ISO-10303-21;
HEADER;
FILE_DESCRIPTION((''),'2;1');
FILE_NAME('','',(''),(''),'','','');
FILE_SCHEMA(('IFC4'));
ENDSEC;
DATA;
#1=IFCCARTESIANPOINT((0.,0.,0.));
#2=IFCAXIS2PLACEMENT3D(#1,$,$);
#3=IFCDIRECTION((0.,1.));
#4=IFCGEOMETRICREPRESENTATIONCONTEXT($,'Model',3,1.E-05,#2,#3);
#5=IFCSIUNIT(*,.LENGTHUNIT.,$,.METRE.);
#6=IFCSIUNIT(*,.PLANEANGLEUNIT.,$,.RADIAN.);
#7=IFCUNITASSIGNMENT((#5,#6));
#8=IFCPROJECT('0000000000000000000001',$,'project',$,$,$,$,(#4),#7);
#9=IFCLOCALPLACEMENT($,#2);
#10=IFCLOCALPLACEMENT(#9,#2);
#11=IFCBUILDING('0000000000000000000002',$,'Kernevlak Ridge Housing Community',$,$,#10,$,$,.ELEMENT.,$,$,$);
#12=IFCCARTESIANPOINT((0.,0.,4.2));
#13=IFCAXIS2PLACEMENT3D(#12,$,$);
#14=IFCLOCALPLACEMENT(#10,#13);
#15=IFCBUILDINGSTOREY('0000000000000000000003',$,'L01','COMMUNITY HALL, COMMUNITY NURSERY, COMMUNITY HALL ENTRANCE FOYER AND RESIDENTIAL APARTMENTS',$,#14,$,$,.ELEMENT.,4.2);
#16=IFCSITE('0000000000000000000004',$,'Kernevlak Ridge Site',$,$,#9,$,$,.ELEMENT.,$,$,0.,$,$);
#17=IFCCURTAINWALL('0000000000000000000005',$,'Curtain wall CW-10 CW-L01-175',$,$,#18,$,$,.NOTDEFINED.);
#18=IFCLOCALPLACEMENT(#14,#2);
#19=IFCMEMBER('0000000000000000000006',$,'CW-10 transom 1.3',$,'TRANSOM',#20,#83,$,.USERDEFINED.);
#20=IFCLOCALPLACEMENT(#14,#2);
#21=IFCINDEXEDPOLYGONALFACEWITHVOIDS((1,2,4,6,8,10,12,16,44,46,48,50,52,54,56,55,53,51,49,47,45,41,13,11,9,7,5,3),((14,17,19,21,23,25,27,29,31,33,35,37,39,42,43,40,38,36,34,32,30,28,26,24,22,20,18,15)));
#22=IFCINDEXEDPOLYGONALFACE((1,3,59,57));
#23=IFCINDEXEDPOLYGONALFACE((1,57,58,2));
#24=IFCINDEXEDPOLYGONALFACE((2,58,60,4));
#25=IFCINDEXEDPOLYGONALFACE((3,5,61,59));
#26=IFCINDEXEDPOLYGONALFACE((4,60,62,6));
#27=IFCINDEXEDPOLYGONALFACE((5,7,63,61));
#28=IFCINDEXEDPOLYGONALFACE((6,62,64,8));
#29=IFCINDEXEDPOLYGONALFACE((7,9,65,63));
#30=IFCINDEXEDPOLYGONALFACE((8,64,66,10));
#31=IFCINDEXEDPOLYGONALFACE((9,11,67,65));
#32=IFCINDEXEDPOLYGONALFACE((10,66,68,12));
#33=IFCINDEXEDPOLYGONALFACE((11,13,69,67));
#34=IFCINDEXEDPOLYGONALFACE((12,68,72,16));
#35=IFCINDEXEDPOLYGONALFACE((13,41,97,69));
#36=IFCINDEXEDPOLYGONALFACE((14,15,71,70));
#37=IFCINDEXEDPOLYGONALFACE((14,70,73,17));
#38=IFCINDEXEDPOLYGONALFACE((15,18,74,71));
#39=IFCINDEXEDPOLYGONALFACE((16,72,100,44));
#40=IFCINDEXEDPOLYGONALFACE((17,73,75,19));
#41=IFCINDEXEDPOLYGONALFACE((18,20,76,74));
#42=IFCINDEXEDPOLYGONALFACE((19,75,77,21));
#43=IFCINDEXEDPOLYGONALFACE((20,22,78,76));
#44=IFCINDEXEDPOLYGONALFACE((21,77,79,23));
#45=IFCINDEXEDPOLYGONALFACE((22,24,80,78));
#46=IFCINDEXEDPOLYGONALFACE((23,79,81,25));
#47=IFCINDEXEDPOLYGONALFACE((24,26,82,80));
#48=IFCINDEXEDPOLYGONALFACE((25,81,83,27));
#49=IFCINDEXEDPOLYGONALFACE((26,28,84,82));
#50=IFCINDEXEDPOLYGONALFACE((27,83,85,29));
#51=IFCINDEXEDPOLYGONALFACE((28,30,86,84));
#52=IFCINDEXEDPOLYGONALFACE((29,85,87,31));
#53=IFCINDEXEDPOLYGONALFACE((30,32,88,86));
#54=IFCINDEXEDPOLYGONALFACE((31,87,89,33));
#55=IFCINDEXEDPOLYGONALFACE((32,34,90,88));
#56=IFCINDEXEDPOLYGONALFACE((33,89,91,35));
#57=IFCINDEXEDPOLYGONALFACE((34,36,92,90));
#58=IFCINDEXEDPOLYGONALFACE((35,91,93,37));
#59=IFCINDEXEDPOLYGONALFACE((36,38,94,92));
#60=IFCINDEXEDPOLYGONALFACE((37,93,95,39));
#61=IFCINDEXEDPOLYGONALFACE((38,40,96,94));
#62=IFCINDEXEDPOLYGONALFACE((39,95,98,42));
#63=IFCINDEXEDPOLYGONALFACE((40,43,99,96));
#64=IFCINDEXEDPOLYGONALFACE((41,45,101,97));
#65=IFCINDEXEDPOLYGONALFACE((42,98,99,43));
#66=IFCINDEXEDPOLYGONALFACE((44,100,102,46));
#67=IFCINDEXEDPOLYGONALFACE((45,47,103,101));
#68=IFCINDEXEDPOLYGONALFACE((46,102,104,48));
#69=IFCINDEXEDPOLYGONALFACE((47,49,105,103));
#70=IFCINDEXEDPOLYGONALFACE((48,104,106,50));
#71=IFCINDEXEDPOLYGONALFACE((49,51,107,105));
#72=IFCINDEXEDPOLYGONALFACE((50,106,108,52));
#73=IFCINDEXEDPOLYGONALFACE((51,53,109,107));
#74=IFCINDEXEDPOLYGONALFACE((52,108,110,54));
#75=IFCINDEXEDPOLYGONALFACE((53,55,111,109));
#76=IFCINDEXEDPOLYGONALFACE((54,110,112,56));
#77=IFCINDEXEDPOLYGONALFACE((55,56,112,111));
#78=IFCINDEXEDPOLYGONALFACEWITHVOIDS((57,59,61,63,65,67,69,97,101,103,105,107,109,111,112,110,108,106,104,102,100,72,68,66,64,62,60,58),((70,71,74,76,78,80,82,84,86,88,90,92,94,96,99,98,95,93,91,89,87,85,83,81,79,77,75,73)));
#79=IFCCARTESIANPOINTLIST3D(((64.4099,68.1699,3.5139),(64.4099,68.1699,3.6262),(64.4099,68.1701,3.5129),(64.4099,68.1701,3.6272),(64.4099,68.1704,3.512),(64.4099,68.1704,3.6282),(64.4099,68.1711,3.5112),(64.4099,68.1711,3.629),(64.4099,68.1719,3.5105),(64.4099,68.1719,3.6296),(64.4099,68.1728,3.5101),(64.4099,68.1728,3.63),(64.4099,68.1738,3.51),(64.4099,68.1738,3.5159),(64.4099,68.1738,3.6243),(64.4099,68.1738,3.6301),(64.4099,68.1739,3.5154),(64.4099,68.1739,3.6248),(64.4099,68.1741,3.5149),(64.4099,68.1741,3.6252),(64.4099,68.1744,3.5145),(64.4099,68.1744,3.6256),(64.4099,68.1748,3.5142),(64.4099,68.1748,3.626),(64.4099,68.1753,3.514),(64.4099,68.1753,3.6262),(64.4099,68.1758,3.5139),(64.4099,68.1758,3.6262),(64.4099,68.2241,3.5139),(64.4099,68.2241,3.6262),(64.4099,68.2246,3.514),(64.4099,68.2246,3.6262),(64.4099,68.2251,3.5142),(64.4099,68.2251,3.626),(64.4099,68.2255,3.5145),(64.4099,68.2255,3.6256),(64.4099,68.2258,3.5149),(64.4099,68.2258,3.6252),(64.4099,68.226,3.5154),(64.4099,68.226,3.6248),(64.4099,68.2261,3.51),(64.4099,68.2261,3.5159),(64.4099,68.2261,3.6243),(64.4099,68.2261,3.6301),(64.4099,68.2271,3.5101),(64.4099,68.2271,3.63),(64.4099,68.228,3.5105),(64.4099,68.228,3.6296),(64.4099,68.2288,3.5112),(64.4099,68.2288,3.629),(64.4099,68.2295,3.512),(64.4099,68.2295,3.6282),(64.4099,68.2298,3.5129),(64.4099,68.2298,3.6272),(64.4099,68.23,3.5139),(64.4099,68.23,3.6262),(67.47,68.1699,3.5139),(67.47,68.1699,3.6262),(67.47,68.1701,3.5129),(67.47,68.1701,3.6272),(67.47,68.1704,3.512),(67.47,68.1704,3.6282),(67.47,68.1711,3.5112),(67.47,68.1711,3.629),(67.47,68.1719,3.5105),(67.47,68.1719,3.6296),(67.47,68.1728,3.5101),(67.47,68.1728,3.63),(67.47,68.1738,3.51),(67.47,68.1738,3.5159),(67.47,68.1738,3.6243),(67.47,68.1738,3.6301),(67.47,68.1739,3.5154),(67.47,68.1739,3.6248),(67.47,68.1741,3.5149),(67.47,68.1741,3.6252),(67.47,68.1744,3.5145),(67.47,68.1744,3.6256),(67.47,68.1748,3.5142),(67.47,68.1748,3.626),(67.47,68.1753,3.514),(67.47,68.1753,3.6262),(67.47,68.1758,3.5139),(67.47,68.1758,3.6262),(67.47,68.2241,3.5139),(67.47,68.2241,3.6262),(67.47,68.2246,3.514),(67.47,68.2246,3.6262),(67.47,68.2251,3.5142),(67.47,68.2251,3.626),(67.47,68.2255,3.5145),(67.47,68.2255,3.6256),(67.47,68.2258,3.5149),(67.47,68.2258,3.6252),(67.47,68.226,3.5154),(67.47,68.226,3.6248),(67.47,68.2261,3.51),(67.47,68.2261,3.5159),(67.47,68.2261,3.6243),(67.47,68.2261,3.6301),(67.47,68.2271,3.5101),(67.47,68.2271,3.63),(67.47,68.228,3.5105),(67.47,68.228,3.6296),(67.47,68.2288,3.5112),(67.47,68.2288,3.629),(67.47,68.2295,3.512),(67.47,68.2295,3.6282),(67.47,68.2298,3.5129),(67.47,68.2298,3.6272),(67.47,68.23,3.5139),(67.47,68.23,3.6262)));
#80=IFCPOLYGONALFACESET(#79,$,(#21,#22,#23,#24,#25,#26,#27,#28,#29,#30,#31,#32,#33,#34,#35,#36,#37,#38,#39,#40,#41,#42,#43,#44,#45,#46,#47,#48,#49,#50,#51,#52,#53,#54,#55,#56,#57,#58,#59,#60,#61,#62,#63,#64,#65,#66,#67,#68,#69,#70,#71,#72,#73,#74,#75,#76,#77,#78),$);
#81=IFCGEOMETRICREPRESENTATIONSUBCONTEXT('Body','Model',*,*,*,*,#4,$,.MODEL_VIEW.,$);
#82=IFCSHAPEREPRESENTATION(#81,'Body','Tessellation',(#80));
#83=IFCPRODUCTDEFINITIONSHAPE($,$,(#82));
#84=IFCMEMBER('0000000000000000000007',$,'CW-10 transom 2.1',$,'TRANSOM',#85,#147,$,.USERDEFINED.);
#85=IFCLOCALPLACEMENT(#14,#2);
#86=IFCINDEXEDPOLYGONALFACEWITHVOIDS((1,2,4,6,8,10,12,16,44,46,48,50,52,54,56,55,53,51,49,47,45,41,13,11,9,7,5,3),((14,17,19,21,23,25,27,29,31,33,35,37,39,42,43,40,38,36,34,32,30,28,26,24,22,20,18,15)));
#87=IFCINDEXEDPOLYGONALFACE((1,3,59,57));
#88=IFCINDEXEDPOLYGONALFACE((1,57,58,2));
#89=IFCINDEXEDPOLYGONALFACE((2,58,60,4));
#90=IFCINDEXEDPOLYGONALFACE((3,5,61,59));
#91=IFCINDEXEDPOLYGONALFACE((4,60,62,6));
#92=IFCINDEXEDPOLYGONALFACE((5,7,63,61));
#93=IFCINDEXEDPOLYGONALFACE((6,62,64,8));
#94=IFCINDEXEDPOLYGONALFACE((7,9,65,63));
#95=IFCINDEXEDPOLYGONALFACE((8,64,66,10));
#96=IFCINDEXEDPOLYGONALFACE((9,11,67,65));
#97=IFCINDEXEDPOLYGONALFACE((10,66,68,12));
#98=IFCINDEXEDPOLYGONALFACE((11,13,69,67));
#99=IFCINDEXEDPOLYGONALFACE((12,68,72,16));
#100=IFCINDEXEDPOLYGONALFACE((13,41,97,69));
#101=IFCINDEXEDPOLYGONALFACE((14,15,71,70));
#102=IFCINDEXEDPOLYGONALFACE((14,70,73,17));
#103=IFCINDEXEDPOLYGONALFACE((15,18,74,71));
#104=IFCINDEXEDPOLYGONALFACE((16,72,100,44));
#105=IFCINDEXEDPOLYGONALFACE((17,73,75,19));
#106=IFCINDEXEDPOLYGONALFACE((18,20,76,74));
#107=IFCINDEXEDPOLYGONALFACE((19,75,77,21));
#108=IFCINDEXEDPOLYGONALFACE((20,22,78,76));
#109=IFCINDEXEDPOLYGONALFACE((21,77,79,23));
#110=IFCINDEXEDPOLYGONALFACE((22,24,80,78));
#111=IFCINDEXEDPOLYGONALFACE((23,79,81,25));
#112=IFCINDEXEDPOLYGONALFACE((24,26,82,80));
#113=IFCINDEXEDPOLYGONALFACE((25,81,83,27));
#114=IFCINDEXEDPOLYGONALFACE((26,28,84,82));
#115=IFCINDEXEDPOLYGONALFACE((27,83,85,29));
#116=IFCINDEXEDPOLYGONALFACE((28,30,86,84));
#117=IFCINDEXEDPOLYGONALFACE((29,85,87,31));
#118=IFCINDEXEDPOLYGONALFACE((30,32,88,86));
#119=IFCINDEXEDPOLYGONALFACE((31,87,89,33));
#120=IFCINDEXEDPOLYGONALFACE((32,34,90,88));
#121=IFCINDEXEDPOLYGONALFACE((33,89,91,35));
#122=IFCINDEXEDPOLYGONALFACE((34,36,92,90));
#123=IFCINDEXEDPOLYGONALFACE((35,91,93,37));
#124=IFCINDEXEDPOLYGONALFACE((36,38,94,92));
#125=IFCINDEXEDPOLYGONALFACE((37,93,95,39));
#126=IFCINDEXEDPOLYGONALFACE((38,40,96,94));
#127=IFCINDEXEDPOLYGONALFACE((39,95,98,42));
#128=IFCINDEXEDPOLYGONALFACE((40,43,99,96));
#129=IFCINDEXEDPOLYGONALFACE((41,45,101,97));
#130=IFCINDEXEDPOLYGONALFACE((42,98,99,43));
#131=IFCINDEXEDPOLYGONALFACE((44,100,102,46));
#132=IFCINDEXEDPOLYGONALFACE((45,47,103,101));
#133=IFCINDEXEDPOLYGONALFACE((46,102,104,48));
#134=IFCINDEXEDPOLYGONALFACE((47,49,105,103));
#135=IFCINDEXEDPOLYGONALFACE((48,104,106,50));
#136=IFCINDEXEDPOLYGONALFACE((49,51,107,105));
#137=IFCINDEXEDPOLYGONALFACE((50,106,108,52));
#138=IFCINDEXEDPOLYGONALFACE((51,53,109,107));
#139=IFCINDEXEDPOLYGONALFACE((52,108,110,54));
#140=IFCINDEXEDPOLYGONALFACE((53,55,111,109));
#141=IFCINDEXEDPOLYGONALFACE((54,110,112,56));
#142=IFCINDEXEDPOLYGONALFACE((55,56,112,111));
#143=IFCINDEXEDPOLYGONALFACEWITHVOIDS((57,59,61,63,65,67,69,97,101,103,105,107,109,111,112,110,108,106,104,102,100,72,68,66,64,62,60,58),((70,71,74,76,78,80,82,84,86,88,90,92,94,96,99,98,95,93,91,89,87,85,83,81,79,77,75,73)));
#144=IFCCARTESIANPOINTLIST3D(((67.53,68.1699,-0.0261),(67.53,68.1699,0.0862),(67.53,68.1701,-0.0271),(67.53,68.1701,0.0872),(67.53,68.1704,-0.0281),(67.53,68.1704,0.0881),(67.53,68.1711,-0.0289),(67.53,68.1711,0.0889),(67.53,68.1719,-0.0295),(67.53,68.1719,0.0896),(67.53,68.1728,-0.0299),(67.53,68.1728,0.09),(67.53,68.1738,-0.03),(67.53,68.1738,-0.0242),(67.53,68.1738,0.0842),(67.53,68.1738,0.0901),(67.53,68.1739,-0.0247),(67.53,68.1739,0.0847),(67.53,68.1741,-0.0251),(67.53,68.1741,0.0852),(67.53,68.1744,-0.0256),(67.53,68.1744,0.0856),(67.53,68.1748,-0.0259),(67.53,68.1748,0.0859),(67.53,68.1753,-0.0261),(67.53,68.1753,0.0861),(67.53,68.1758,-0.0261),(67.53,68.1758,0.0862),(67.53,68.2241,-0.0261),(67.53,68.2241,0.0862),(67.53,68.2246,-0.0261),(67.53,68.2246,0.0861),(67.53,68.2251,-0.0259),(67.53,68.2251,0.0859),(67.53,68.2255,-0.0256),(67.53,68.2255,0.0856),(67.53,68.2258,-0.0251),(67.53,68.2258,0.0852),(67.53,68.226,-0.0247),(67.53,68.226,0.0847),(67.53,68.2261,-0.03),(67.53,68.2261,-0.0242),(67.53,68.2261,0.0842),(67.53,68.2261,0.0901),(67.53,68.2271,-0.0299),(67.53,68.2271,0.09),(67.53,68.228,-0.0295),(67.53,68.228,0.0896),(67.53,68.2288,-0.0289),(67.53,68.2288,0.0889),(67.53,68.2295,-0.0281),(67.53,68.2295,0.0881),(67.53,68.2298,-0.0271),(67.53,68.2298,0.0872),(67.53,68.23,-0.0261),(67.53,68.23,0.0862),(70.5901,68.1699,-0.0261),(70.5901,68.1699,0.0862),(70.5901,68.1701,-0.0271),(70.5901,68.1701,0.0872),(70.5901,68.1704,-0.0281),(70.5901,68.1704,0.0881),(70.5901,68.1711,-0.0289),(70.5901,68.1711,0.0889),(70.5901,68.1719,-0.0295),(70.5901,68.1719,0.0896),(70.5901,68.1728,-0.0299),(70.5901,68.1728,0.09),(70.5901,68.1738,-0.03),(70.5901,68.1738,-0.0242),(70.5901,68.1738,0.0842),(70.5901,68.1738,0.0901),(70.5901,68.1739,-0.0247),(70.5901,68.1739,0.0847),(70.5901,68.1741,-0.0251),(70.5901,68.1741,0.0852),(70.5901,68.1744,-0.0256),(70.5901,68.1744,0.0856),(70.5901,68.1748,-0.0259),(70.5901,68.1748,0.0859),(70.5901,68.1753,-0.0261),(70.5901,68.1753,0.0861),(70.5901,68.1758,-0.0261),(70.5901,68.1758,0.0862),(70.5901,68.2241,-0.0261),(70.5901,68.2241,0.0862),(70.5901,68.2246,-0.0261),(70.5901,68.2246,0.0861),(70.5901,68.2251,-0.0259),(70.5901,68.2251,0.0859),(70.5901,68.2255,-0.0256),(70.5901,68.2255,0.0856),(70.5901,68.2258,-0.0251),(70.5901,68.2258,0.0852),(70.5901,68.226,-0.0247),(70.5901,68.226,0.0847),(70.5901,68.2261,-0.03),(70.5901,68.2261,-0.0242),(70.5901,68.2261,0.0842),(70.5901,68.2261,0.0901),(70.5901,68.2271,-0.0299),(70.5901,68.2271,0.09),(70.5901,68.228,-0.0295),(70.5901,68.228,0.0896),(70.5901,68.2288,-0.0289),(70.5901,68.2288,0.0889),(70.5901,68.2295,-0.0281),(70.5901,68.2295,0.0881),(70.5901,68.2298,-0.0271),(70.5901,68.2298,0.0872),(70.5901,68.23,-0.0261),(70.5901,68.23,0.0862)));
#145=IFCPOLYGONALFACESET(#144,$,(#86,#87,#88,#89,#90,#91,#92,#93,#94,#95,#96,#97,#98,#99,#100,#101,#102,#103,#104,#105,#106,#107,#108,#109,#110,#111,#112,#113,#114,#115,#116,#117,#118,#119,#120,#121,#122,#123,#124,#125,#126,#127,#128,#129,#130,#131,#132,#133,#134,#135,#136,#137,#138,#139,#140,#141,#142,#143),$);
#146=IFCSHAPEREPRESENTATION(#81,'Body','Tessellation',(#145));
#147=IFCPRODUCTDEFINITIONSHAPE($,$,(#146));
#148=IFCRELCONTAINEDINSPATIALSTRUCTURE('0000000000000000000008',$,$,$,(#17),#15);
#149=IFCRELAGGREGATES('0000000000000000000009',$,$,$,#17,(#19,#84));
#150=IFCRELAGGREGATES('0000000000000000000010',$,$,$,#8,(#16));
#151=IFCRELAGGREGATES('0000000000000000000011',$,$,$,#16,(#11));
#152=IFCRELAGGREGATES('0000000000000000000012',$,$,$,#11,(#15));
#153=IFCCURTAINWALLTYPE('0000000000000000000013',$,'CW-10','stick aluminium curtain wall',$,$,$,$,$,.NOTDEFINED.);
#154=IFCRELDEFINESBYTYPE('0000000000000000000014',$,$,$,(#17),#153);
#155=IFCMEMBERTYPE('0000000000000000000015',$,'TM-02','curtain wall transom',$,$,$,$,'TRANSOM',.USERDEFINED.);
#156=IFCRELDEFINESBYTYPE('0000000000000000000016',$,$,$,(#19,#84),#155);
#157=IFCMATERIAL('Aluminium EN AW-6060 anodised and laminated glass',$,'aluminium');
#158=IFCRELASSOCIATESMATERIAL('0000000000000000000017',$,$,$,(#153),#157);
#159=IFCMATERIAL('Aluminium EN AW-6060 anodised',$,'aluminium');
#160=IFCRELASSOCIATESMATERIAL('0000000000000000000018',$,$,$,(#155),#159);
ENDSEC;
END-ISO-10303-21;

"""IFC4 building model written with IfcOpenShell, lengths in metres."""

from ifc_helpers import new_model, si_unit, direction, frame, origin, origin_2d, place, context, subcontext, project, spatial, hollow_rectangle, extrude, material, material_profile, profile_set, type_object, element, aggregate, save


model = new_model("IFC4")

# Units and contexts
model_context = context("Model", 3, precision=1e-05, world=origin(), true_north=direction((0.0, 1.0)))
body_context = subcontext(model_context, "Body", "Model", "MODEL_VIEW")
ifc_project = project(units=[si_unit("LENGTHUNIT", "METRE"), si_unit("PLANEANGLEUNIT", "RADIAN")], contexts=[model_context])

# Site, building, storey
site_placement = place(None, origin())
site = spatial("IfcSite", under=ifc_project, at=site_placement, Name="Kernevlak Ridge Site", CompositionType="ELEMENT", RefElevation=0.0)
building_placement = place(site_placement, origin())
building = spatial("IfcBuilding", under=site, at=building_placement, Name="Kernevlak Ridge Housing Community", CompositionType="ELEMENT")
storey_placement = place(building_placement, frame((0.0, 0.0, 4.2)))
storey = spatial("IfcBuildingStorey", under=building, at=storey_placement, Name="L01", Description="COMMUNITY HALL, COMMUNITY NURSERY, COMMUNITY HALL ENTRANCE FOYER AND RESIDENTIAL APARTMENTS", CompositionType="ELEMENT", Elevation=4.2)

# Curtain wall
ifc_material_1 = material(Name="Aluminium EN AW-6060 anodised and laminated glass", Category="aluminium")
curtain_wall_type = type_object("IfcCurtainWallType", Name="CW-10", Description="stick aluminium curtain wall", PredefinedType="NOTDEFINED", material=ifc_material_1)
curtain_wall_placement = place(storey_placement, origin())
curtain_wall = element("IfcCurtainWall", 1, at=curtain_wall_placement, inside=storey, type_object=curtain_wall_type, Name="Curtain wall CW-10 CW-L01-175", PredefinedType="NOTDEFINED")
ifc_material_2 = material(Name="Aluminium EN AW-6060 anodised", Category="aluminium")

# Members
ifc_material_profile_1 = material_profile(ifc_material_2, hollow_rectangle(XDim=0.0601, YDim=0.1201, WallThickness=0.0039, InnerFilletRadius=0.002, OuterFilletRadius=0.0039, at=origin_2d()), Name="ALU 60x120x4")
ifc_profile_set_1 = profile_set([ifc_material_profile_1], Name="Aluminium EN AW-6060 anodised")
member_type_1 = type_object("IfcMemberType", Name="TM-02", Description="curtain wall transom", ElementType="TRANSOM", PredefinedType="USERDEFINED", material=ifc_profile_set_1)
member_1_placement = place(storey_placement, frame((64.4099, 68.2, 3.5701), z_axis=(1.0, 0.0, 0.0), x_axis=(0.0, 1.0, 0.0)))
member_1 = element("IfcMember", 2, at=member_1_placement, type_object=member_type_1, Name="CW-10 transom 1.3", ObjectType="TRANSOM", PredefinedType="USERDEFINED", context=body_context, shape_type="SweptSolid", body=[
    extrude(hollow_rectangle(XDim=0.0601, YDim=0.1201, WallThickness=0.0039, InnerFilletRadius=0.002, OuterFilletRadius=0.0039, at=origin_2d()), origin(), (0.0, 0.0, 1.0), 3.0601),
])
member_2_placement = place(storey_placement, frame((67.53, 68.2, 0.03), z_axis=(1.0, 0.0, 0.0), x_axis=(0.0, 1.0, 0.0)))
member_2 = element("IfcMember", 3, at=member_2_placement, type_object=member_type_1, Name="CW-10 transom 2.1", ObjectType="TRANSOM", PredefinedType="USERDEFINED", context=body_context, shape_type="SweptSolid", body=[
    extrude(hollow_rectangle(XDim=0.0601, YDim=0.1201, WallThickness=0.0039, InnerFilletRadius=0.002, OuterFilletRadius=0.0039, at=origin_2d()), origin(), (0.0, 0.0, 1.0), 3.0601),
])

aggregate(curtain_wall, [member_1, member_2])

save(model, "model.ifc")
